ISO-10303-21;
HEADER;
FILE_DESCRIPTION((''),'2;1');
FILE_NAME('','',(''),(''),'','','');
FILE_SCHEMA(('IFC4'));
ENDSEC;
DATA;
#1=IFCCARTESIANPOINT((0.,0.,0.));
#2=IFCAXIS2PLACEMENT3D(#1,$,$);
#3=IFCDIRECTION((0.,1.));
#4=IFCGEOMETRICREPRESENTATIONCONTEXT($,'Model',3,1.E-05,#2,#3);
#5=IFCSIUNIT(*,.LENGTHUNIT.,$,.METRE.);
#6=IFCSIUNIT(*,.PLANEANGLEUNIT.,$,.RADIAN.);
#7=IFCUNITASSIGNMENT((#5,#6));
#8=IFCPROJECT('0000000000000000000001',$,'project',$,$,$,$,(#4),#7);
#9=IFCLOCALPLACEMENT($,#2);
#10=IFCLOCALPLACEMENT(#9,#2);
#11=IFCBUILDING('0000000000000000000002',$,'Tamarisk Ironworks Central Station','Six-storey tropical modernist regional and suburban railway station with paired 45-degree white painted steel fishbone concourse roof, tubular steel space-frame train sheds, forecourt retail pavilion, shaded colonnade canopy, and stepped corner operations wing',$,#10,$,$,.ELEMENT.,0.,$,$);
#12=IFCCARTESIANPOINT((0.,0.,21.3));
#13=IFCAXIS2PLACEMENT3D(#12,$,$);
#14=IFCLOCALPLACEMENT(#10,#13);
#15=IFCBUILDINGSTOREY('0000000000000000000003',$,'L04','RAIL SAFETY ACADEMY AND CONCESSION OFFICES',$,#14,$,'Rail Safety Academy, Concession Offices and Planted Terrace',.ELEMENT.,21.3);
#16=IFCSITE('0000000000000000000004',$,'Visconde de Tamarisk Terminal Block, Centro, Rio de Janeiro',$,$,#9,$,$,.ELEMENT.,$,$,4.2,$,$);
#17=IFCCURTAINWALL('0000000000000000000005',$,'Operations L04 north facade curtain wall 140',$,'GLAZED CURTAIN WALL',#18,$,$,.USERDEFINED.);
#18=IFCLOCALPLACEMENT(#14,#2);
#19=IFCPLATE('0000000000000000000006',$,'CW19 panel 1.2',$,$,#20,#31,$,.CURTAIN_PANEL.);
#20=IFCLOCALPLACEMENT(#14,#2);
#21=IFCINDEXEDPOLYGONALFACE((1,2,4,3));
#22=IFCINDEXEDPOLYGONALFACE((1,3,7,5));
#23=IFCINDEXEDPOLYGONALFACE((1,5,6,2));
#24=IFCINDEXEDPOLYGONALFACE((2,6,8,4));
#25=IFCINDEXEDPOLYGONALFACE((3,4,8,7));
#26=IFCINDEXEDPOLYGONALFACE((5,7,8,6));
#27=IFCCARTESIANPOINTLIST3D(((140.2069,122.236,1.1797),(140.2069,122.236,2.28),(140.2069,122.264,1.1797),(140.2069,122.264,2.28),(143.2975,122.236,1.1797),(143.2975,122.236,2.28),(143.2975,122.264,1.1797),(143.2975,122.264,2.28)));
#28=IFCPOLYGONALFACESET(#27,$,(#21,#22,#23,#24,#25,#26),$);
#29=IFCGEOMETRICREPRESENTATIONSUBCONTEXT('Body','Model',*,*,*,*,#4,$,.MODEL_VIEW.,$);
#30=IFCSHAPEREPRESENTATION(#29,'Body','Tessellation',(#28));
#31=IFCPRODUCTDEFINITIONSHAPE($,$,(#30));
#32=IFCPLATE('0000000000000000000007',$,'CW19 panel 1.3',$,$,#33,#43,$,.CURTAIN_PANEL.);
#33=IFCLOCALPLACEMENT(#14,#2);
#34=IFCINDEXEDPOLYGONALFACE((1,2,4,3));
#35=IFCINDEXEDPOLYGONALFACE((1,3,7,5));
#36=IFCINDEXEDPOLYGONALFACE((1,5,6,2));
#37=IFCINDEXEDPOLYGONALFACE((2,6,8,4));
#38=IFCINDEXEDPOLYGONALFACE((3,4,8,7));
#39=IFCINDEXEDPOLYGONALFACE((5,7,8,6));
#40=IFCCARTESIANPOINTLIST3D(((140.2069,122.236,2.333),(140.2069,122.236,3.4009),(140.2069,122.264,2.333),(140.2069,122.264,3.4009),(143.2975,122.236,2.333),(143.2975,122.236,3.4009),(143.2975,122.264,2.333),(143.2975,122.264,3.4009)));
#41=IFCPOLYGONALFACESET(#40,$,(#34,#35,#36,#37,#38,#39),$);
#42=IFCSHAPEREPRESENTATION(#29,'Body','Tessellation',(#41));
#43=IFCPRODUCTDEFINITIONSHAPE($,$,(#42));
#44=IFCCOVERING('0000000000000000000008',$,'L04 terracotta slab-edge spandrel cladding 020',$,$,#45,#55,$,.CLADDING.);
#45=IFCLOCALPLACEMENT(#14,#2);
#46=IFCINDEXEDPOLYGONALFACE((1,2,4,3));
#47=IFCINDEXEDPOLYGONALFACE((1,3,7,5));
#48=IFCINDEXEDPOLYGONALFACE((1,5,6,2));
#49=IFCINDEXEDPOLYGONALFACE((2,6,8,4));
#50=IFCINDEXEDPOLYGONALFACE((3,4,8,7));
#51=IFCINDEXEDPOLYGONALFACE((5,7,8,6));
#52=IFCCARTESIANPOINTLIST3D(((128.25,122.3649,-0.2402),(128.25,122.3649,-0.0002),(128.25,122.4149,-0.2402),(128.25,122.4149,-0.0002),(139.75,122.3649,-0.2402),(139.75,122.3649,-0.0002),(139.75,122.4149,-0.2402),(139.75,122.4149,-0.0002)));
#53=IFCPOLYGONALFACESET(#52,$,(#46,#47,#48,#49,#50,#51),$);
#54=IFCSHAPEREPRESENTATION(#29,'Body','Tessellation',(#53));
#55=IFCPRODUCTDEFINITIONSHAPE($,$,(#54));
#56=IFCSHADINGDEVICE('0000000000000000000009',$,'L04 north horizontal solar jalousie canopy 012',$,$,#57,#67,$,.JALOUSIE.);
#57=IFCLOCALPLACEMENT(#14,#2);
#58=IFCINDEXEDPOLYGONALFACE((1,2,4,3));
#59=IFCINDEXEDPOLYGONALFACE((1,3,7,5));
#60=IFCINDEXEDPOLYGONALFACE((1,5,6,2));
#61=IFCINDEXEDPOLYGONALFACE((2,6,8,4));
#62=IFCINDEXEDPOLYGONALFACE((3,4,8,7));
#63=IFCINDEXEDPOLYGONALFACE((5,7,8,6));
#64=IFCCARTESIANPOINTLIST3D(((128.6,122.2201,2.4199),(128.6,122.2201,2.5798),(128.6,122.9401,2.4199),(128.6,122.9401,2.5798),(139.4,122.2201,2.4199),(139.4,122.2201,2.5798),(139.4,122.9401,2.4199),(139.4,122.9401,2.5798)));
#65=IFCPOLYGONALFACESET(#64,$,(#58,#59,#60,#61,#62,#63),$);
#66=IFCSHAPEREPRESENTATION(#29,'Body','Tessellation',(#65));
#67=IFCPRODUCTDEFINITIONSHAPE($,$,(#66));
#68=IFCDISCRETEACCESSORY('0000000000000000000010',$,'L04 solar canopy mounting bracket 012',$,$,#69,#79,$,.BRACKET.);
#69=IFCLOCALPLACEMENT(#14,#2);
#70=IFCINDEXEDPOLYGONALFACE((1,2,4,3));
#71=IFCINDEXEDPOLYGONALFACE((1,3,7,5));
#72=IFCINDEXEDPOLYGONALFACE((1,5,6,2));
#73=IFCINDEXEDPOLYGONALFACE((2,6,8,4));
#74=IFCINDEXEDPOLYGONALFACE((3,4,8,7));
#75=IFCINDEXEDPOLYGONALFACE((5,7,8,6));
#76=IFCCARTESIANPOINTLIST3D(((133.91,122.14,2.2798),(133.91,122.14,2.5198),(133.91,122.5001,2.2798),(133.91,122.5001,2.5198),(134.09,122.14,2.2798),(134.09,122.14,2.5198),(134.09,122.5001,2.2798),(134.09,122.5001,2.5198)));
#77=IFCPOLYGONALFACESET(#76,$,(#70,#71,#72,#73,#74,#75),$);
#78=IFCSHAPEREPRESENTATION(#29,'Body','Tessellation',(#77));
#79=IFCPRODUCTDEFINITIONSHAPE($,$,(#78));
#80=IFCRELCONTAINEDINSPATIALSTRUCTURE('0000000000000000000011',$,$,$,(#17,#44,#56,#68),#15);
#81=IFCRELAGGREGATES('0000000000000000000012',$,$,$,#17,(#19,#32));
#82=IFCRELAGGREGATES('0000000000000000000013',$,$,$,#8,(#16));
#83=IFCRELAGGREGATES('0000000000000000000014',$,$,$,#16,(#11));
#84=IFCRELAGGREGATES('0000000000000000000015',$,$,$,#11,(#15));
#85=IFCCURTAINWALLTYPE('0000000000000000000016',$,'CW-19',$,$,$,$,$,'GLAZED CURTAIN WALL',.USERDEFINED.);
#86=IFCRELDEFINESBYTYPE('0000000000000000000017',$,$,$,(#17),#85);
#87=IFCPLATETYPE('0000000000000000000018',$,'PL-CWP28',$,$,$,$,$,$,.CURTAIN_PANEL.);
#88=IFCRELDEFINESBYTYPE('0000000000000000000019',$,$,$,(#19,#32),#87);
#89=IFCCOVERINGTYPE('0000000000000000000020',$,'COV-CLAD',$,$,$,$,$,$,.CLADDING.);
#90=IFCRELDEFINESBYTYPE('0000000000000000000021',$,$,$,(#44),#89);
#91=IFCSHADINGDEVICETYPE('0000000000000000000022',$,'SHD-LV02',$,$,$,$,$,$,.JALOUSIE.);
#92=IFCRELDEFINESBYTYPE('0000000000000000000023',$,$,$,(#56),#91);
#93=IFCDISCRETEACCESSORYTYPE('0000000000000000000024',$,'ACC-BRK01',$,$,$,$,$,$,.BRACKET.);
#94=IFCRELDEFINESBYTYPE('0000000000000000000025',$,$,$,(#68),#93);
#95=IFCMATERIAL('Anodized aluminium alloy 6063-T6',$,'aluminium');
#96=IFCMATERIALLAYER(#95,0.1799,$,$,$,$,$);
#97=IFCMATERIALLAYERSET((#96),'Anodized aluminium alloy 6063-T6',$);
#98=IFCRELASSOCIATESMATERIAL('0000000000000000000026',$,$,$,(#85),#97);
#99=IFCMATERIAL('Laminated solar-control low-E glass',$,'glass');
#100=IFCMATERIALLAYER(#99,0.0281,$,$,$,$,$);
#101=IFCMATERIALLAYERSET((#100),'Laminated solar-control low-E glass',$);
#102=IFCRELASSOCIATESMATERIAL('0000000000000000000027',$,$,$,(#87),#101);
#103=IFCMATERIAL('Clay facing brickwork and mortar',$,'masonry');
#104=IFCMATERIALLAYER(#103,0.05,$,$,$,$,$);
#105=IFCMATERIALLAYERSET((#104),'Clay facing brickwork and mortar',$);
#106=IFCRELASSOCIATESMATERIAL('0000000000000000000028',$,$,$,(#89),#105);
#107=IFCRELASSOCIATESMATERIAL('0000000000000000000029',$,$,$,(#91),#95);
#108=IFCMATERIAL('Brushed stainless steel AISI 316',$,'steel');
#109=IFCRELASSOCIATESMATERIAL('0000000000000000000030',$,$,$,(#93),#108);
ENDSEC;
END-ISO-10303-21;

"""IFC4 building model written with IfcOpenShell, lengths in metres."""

from ifc_helpers import new_model, si_unit, direction, frame, origin, origin_2d, place, context, subcontext, project, spatial, rectangle, extrude, material, layer, layer_set, type_object, element, aggregate, save


model = new_model("IFC4")

# Units and contexts
model_context = context("Model", 3, precision=1e-05, world=origin(), true_north=direction((0.0, 1.0)))
body_context = subcontext(model_context, "Body", "Model", "MODEL_VIEW")
ifc_project = project(units=[si_unit("LENGTHUNIT", "METRE"), si_unit("PLANEANGLEUNIT", "RADIAN")], contexts=[model_context])

# Site, building, storey
site_placement = place(None, origin())
site = spatial("IfcSite", under=ifc_project, at=site_placement, Name="Visconde de Tamarisk Terminal Block, Centro, Rio de Janeiro", CompositionType="ELEMENT", RefElevation=4.2)
building_placement = place(site_placement, origin())
building = spatial("IfcBuilding", under=site, at=building_placement, Name="Tamarisk Ironworks Central Station", Description="Six-storey tropical modernist regional and suburban railway station with paired 45-degree white painted steel fishbone concourse roof, tubular steel space-frame train sheds, forecourt retail pavilion, shaded colonnade canopy, and stepped corner operations wing", CompositionType="ELEMENT", ElevationOfRefHeight=0.0)
storey_placement = place(building_placement, frame((0.0, 0.0, 21.3)))
storey = spatial("IfcBuildingStorey", under=building, at=storey_placement, Name="L04", Description="RAIL SAFETY ACADEMY AND CONCESSION OFFICES", LongName="Rail Safety Academy, Concession Offices and Planted Terrace", CompositionType="ELEMENT", Elevation=21.3)

# Curtain wall
ifc_material_1 = material(Name="Anodized aluminium alloy 6063-T6", Category="aluminium")
ifc_layer_1 = layer(ifc_material_1, 0.1799)
ifc_layer_set_1 = layer_set([ifc_layer_1], Name="Anodized aluminium alloy 6063-T6")
curtain_wall_type = type_object("IfcCurtainWallType", Name="CW-19", ElementType="GLAZED CURTAIN WALL", PredefinedType="USERDEFINED", material=ifc_layer_set_1)
curtain_wall_1_placement = place(storey_placement, origin())
curtain_wall_1 = element("IfcCurtainWall", 1, at=curtain_wall_1_placement, inside=storey, type_object=curtain_wall_type, Name="Operations L04 north facade curtain wall 140", ObjectType="GLAZED CURTAIN WALL", PredefinedType="USERDEFINED")

# Plates
ifc_material_2 = material(Name="Laminated solar-control low-E glass", Category="glass")
ifc_layer_2 = layer(ifc_material_2, 0.0281)
ifc_layer_set_2 = layer_set([ifc_layer_2], Name="Laminated solar-control low-E glass")
plate_type = type_object("IfcPlateType", Name="PL-CWP28", PredefinedType="CURTAIN_PANEL", material=ifc_layer_set_2)
plate_1_placement = place(storey_placement, frame((141.7522, 122.25, 1.1797), z_axis=(0.0, 0.0, 1.0), x_axis=(1.0, 0.0, 0.0)))
plate_1 = element("IfcPlate", 2, at=plate_1_placement, type_object=plate_type, Name="CW19 panel 1.2", PredefinedType="CURTAIN_PANEL", context=body_context, shape_type="SweptSolid", body=[
    extrude(rectangle(XDim=3.0906, YDim=0.0281, at=origin_2d()), origin(), (0.0, 0.0, 1.0), 1.1003),
])
plate_2_placement = place(storey_placement, frame((141.7522, 122.25, 2.333), z_axis=(0.0, 0.0, 1.0), x_axis=(1.0, 0.0, 0.0)))
plate_2 = element("IfcPlate", 3, at=plate_2_placement, type_object=plate_type, Name="CW19 panel 1.3", PredefinedType="CURTAIN_PANEL", context=body_context, shape_type="SweptSolid", body=[
    extrude(rectangle(XDim=3.0906, YDim=0.0281, at=origin_2d()), origin(), (0.0, 0.0, 1.0), 1.0679),
])
aggregate(curtain_wall_1, [plate_1, plate_2])

# Covering
ifc_material_3 = material(Name="Clay facing brickwork and mortar", Category="masonry")
ifc_layer_3 = layer(ifc_material_3, 0.05)
ifc_layer_set_3 = layer_set([ifc_layer_3], Name="Clay facing brickwork and mortar")
covering_type = type_object("IfcCoveringType", Name="COV-CLAD", PredefinedType="CLADDING", material=ifc_layer_set_3)
covering_placement = place(storey_placement, frame((134.0, 122.3899, -0.2402), z_axis=(0.0, 0.0, 1.0), x_axis=(1.0, 0.0, 0.0)))
element("IfcCovering", 4, at=covering_placement, inside=storey, type_object=covering_type, Name="L04 terracotta slab-edge spandrel cladding 020", PredefinedType="CLADDING", context=body_context, shape_type="SweptSolid", body=[
    extrude(rectangle(XDim=11.5, YDim=0.05, at=origin_2d()), origin(), (0.0, 0.0, 1.0), 0.24),
])

# Shading device
shading_device_type = type_object("IfcShadingDeviceType", Name="SHD-LV02", PredefinedType="JALOUSIE", material=ifc_material_1)
shading_device_placement = place(storey_placement, frame((134.0, 122.5801, 2.4199), z_axis=(0.0, 0.0, 1.0), x_axis=(1.0, 0.0, 0.0)))
element("IfcShadingDevice", 5, at=shading_device_placement, inside=storey, type_object=shading_device_type, Name="L04 north horizontal solar jalousie canopy 012", PredefinedType="JALOUSIE", context=body_context, shape_type="SweptSolid", body=[
    extrude(rectangle(XDim=10.8, YDim=0.72, at=origin_2d()), origin(), (0.0, 0.0, 1.0), 0.1599),
])

# Discrete accessory
ifc_material_4 = material(Name="Brushed stainless steel AISI 316", Category="steel")
discrete_accessory_type = type_object("IfcDiscreteAccessoryType", Name="ACC-BRK01", PredefinedType="BRACKET", material=ifc_material_4)
discrete_accessory_placement = place(storey_placement, frame((134.0, 122.3201, 2.2798), z_axis=(0.0, 0.0, 1.0), x_axis=(1.0, 0.0, 0.0)))
element("IfcDiscreteAccessory", 6, at=discrete_accessory_placement, inside=storey, type_object=discrete_accessory_type, Name="L04 solar canopy mounting bracket 012", PredefinedType="BRACKET", context=body_context, shape_type="SweptSolid", body=[
    extrude(rectangle(XDim=0.1799, YDim=0.3601, at=origin_2d()), origin(), (0.0, 0.0, 1.0), 0.24),
])

save(model, "model.ifc")
